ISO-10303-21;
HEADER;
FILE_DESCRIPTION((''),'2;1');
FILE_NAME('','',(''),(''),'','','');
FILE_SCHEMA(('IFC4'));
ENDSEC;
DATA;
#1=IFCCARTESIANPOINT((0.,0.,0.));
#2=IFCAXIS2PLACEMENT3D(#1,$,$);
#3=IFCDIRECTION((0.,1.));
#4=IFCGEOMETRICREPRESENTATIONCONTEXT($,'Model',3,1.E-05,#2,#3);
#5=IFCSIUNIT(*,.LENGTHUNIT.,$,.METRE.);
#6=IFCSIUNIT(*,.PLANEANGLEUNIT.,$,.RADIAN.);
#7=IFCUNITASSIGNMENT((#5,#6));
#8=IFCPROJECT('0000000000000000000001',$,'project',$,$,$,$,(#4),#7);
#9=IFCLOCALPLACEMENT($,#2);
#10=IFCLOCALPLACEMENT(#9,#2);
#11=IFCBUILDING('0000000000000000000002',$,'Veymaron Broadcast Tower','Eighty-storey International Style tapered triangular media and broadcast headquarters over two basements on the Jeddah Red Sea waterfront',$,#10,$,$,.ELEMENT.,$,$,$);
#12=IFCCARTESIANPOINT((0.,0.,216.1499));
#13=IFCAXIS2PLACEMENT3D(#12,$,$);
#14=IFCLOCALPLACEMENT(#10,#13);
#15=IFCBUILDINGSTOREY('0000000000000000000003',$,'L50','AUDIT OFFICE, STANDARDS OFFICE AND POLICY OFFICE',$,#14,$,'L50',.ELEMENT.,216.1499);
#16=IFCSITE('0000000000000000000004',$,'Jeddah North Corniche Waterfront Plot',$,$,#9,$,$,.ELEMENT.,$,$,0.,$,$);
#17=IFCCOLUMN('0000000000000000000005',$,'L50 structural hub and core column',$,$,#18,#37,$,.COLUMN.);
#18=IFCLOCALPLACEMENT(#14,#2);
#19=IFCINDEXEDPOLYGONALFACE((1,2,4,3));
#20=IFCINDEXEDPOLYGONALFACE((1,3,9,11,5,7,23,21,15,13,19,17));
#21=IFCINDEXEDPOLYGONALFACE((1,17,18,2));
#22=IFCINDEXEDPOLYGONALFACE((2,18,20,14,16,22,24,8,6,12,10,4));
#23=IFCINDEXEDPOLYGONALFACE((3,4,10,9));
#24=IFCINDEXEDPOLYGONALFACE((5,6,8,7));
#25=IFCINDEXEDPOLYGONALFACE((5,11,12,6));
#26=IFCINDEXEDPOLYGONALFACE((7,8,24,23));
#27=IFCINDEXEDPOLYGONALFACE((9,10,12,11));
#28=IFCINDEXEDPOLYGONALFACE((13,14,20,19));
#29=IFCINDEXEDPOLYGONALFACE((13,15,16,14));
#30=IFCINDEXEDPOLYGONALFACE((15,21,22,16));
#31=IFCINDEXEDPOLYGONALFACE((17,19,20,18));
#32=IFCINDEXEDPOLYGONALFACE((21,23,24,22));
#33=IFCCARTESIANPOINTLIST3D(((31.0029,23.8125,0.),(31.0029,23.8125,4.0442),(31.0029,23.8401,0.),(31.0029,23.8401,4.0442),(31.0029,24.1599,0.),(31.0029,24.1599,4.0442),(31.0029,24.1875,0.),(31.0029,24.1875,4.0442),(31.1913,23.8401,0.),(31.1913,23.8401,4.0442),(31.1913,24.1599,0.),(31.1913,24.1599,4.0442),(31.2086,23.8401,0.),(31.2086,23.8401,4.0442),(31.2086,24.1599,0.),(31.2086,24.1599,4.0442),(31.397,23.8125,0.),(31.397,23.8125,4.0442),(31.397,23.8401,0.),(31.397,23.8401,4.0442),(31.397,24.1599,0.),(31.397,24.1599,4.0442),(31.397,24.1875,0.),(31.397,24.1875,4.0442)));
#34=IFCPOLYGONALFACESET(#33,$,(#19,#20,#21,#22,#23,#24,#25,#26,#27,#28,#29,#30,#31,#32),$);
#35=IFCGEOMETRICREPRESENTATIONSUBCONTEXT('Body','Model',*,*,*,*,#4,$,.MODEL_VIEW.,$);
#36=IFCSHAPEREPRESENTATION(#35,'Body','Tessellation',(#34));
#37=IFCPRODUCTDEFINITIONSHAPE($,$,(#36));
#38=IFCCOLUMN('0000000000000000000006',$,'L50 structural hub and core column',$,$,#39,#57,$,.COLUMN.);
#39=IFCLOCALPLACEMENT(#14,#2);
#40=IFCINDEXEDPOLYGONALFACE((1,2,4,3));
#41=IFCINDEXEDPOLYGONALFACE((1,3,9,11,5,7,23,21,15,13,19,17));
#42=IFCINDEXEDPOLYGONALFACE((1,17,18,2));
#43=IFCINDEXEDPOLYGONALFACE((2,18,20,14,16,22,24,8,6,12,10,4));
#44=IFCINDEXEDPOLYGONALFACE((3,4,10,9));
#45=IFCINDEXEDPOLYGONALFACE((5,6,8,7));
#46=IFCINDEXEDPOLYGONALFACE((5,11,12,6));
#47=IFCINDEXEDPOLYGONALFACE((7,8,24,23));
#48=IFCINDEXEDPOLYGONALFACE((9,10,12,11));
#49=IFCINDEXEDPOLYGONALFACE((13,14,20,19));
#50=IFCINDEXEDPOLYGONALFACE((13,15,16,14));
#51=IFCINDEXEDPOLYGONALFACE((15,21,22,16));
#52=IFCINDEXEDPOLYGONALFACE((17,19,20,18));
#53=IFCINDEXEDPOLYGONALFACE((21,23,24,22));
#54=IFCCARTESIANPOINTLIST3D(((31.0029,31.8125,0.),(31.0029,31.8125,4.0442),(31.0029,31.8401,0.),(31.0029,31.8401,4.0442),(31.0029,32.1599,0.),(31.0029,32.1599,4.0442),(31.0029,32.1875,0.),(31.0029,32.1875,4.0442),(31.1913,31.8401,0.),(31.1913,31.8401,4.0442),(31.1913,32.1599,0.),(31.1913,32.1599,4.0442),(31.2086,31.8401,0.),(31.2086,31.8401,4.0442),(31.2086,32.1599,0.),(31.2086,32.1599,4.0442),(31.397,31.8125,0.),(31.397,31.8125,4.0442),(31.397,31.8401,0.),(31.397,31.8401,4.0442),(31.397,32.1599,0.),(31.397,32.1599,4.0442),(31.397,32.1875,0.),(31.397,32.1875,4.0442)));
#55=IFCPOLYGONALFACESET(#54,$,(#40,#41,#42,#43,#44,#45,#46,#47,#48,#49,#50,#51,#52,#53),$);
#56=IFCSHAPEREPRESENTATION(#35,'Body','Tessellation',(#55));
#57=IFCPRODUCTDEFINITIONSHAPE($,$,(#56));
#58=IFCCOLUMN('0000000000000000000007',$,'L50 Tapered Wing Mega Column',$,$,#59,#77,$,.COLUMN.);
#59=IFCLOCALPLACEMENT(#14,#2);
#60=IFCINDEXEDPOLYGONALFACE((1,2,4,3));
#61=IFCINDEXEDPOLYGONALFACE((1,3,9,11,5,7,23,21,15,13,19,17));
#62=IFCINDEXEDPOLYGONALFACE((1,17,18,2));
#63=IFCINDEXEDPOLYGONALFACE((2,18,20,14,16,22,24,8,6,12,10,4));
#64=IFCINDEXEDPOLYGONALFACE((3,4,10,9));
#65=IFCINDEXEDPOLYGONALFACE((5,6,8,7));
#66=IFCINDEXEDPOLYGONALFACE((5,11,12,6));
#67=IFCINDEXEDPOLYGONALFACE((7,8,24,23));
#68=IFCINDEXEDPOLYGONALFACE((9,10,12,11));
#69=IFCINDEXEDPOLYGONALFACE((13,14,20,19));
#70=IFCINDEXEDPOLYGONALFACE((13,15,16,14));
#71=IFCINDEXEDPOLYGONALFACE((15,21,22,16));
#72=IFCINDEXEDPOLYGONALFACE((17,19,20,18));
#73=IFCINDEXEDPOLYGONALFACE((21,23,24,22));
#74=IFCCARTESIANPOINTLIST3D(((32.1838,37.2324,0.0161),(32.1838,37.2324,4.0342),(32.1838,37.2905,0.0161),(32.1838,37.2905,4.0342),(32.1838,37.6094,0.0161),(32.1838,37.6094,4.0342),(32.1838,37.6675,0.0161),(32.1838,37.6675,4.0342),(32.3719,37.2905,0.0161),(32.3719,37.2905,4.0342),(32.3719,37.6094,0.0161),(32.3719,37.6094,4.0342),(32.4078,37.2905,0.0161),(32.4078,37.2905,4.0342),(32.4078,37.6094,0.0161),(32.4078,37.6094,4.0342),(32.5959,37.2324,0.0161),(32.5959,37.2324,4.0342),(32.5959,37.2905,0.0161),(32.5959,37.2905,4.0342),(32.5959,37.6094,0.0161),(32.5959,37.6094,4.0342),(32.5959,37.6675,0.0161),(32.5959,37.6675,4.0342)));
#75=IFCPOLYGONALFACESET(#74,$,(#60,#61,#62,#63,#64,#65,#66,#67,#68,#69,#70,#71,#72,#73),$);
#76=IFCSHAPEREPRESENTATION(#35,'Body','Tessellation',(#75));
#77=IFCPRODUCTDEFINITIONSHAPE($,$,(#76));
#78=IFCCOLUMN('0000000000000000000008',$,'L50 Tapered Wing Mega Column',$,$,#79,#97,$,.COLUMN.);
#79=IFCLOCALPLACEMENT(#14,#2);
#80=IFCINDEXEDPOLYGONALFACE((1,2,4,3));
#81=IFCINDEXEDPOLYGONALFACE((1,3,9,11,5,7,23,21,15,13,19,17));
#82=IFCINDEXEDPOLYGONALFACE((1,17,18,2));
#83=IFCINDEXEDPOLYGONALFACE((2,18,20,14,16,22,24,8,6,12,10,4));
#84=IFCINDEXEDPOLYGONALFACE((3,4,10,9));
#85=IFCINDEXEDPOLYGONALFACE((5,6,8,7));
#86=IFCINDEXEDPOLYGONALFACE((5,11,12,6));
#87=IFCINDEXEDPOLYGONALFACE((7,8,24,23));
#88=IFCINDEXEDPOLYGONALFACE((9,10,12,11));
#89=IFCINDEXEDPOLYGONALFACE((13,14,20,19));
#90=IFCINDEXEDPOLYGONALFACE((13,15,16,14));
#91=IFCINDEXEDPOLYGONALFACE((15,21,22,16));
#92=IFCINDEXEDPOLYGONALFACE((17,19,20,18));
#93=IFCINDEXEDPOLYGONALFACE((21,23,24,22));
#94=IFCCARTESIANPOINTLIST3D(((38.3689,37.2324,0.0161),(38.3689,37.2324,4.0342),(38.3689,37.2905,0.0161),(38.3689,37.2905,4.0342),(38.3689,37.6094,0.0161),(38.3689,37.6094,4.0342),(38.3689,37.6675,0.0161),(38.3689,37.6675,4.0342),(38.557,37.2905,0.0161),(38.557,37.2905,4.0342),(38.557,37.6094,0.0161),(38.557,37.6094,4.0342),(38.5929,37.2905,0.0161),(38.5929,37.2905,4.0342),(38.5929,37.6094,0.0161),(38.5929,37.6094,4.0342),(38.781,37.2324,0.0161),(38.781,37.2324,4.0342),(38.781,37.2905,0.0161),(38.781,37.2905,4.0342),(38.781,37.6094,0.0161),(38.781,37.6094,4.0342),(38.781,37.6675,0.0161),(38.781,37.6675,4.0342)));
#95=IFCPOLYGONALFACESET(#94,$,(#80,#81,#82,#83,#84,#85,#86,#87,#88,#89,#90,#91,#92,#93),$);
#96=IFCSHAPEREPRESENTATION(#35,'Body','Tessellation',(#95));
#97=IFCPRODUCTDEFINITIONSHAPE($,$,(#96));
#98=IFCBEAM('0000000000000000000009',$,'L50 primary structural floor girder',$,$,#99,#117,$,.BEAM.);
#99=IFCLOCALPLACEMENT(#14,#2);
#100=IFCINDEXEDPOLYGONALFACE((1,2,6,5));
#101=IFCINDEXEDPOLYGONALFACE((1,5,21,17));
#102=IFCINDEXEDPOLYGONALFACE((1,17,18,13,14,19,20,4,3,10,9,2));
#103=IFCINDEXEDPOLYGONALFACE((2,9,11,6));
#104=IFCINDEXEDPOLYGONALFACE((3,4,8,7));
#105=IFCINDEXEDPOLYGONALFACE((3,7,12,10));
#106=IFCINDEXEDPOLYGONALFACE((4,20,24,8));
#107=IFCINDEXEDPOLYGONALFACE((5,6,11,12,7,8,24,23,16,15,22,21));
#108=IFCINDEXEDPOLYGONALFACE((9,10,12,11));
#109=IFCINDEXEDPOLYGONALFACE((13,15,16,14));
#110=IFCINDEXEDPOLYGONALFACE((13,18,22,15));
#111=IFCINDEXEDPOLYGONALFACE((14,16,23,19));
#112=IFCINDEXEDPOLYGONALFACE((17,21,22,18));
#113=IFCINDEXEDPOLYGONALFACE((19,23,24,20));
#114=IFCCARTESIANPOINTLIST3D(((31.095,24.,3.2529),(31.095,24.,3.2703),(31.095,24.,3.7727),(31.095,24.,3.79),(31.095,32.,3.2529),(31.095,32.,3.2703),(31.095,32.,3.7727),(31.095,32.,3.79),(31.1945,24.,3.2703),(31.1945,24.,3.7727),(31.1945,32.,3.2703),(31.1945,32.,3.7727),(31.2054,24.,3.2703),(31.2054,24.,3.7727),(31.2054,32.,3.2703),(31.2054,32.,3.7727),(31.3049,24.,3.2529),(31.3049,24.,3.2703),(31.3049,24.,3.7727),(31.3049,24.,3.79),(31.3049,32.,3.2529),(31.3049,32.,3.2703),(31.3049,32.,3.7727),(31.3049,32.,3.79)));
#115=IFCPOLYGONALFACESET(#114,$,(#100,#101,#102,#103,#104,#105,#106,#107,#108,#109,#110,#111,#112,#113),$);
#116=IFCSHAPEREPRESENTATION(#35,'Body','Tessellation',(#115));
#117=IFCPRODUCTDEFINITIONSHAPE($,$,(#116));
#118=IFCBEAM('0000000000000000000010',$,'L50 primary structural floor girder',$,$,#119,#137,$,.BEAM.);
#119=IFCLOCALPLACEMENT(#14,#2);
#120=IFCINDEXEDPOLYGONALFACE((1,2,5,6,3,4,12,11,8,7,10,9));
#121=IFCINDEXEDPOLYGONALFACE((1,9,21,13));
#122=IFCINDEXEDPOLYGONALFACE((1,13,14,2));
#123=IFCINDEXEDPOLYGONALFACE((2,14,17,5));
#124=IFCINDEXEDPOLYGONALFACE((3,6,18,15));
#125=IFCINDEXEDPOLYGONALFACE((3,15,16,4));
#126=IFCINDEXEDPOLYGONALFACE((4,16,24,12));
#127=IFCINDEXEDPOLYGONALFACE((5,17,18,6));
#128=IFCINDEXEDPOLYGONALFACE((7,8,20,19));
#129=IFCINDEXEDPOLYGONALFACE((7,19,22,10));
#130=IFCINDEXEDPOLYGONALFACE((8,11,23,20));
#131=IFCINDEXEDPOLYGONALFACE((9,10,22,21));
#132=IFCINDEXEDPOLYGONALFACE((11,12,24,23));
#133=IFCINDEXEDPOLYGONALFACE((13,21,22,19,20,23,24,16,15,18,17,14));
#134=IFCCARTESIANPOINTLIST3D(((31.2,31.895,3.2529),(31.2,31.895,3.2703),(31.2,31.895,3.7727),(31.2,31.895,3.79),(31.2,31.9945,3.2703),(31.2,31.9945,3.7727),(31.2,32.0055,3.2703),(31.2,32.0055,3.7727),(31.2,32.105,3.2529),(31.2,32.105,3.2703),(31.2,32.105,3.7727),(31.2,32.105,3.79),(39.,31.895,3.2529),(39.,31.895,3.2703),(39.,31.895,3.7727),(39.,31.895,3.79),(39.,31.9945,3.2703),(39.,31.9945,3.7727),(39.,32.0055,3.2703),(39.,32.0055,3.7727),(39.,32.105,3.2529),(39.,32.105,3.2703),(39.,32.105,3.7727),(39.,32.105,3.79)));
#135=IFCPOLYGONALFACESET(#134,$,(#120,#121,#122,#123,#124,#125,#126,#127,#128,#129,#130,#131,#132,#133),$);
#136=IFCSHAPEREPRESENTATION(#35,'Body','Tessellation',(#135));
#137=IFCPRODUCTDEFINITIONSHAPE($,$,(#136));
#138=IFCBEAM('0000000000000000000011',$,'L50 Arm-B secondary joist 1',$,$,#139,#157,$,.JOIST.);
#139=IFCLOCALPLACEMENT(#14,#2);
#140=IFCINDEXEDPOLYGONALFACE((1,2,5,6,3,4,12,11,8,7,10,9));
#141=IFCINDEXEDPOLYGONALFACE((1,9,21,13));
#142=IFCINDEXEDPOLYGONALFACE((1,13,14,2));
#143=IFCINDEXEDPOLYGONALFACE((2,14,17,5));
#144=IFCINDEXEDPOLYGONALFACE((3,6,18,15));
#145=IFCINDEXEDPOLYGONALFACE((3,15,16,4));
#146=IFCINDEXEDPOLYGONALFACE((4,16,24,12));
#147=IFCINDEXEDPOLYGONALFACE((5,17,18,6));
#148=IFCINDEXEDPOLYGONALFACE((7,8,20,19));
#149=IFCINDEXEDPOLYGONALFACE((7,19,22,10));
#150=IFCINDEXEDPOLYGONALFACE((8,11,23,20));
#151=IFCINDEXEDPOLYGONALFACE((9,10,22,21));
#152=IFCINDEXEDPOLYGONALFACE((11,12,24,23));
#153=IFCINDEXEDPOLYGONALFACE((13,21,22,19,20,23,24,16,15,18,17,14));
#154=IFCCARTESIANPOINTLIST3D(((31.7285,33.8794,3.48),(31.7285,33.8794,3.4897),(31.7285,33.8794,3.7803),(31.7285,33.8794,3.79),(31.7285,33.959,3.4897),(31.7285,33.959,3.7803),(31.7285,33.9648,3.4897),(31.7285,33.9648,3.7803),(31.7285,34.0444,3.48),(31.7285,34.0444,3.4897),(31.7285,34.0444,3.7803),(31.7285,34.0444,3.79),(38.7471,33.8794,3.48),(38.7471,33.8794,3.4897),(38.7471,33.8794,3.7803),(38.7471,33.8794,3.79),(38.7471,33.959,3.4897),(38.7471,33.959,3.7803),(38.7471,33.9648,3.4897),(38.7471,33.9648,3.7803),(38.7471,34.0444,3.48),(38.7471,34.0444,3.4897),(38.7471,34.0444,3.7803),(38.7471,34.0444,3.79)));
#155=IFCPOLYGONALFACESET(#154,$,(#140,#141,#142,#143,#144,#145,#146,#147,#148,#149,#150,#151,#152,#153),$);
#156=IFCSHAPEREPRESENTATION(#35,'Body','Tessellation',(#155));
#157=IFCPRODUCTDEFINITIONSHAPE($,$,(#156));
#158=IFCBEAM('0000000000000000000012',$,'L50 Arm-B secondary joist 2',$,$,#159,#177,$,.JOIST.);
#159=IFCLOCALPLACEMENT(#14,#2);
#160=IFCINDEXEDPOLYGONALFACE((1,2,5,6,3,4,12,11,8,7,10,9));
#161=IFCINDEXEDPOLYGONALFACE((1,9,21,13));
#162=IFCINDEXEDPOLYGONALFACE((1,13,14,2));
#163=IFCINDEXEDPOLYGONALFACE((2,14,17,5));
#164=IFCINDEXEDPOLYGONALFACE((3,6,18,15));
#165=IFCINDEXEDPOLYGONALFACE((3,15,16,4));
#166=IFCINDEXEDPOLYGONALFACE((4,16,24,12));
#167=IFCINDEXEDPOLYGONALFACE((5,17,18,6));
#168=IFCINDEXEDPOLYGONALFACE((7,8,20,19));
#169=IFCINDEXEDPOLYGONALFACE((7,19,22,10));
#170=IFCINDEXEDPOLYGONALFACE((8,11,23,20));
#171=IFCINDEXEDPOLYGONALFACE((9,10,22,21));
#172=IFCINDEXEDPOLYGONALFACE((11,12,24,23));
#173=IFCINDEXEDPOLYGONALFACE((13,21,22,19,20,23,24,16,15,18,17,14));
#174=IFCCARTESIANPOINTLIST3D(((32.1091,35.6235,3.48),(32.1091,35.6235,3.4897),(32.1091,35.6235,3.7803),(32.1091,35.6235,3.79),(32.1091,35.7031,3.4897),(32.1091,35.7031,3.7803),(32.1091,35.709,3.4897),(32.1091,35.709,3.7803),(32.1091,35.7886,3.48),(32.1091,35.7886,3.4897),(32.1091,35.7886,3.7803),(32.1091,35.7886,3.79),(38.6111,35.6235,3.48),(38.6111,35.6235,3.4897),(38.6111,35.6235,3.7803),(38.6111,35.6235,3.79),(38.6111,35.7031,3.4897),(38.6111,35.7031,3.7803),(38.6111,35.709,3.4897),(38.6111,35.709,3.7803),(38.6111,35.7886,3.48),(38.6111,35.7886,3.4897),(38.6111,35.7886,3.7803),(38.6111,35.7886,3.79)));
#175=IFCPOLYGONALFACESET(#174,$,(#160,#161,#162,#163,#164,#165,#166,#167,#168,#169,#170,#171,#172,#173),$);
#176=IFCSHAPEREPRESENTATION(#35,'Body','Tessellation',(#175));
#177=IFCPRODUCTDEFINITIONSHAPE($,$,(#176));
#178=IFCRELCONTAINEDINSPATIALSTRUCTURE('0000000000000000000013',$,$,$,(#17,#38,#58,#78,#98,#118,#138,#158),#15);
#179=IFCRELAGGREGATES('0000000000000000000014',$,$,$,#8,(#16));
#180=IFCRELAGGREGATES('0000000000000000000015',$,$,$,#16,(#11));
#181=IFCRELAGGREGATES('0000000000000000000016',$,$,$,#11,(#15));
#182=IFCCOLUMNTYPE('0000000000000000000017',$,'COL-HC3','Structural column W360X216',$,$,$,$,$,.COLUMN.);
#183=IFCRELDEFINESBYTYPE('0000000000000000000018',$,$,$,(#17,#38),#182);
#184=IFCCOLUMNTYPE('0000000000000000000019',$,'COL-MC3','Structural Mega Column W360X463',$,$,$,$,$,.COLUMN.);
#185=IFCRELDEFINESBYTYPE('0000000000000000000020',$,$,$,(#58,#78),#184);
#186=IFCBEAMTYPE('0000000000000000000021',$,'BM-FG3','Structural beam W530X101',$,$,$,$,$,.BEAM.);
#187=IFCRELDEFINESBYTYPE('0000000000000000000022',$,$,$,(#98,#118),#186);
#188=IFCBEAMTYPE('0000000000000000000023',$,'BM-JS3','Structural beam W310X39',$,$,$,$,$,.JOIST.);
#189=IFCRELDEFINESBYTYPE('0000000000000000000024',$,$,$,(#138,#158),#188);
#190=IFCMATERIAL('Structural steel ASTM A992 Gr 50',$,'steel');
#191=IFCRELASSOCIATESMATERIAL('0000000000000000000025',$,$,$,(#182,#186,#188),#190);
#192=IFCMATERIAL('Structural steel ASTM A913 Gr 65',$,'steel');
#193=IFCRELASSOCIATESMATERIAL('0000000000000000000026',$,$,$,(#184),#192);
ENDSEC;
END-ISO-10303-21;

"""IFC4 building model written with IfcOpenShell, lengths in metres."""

from ifc_helpers import new_model, si_unit, direction, frame, origin, origin_2d, place, context, subcontext, project, spatial, i_section, extrude, material, material_profile, profile_set, type_object, element, save


model = new_model("IFC4")

# Units and contexts
model_context = context("Model", 3, precision=1e-05, world=origin(), true_north=direction((0.0, 1.0)))
body_context = subcontext(model_context, "Body", "Model", "MODEL_VIEW")
ifc_project = project(units=[si_unit("LENGTHUNIT", "METRE"), si_unit("PLANEANGLEUNIT", "RADIAN")], contexts=[model_context])

# Site, building, storey
site_placement = place(None, origin())
site = spatial("IfcSite", under=ifc_project, at=site_placement, Name="Jeddah North Corniche Waterfront Plot", CompositionType="ELEMENT", RefElevation=0.0)
building_placement = place(site_placement, origin())
building = spatial("IfcBuilding", under=site, at=building_placement, Name="Veymaron Broadcast Tower", Description="Eighty-storey International Style tapered triangular media and broadcast headquarters over two basements on the Jeddah Red Sea waterfront", CompositionType="ELEMENT")
storey_placement = place(building_placement, frame((0.0, 0.0, 216.1499)))
storey = spatial("IfcBuildingStorey", under=building, at=storey_placement, Name="L50", Description="AUDIT OFFICE, STANDARDS OFFICE AND POLICY OFFICE", LongName="L50", CompositionType="ELEMENT", Elevation=216.1499)

# Columns
ifc_material_1 = material(Name="Structural steel ASTM A992 Gr 50", Category="steel")
ifc_material_profile_1 = material_profile(ifc_material_1, i_section(OverallWidth=0.394, OverallDepth=0.375, WebThickness=0.0173, FlangeThickness=0.0276, at=origin_2d()), Name="W360X216")
ifc_profile_set_1 = profile_set([ifc_material_profile_1], Name="Structural steel ASTM A992 Gr 50")
column_type_1 = type_object("IfcColumnType", Name="COL-HC3", Description="Structural column W360X216", PredefinedType="COLUMN", material=ifc_profile_set_1)
for number, where, z_axis, x_axis, name in (
    (1, (31.2, 24.0, 0.0), (0.0, 0.0, 1.0), (1.0, 0.0, 0.0), "L50 structural hub and core column"),
    (2, (31.2, 32.0, 0.0), (0.0, 0.0, 1.0), (1.0, 0.0, 0.0), "L50 structural hub and core column"),
):
    element("IfcColumn", number, at=place(storey_placement, frame(where, z_axis=z_axis, x_axis=x_axis)), inside=storey, type_object=column_type_1, Name=name, PredefinedType="COLUMN", context=body_context, shape_type="SweptSolid", body=[
        extrude(i_section(OverallWidth=0.394, OverallDepth=0.375, WebThickness=0.0173, FlangeThickness=0.0276, at=origin_2d()), origin(), (0.0, 0.0, 1.0), 4.0442),
    ])
ifc_material_2 = material(Name="Structural steel ASTM A913 Gr 65", Category="steel")
ifc_material_profile_2 = material_profile(ifc_material_2, i_section(OverallWidth=0.4121, OverallDepth=0.4351, WebThickness=0.0359, FlangeThickness=0.0581, at=origin_2d()), Name="W360X463")
ifc_profile_set_2 = profile_set([ifc_material_profile_2], Name="Structural steel ASTM A913 Gr 65")
column_type_2 = type_object("IfcColumnType", Name="COL-MC3", Description="Structural Mega Column W360X463", PredefinedType="COLUMN", material=ifc_profile_set_2)
for number, where, z_axis, x_axis, name in (
    (3, (32.3899, 37.45, 0.0161), (0.0, 0.0, 1.0), (1.0, 0.0, 0.0), "L50 Tapered Wing Mega Column"),
    (4, (38.575, 37.45, 0.0161), (0.0, 0.0, 1.0), (1.0, 0.0, 0.0), "L50 Tapered Wing Mega Column"),
):
    element("IfcColumn", number, at=place(storey_placement, frame(where, z_axis=z_axis, x_axis=x_axis)), inside=storey, type_object=column_type_2, Name=name, PredefinedType="COLUMN", context=body_context, shape_type="SweptSolid", body=[
        extrude(i_section(OverallWidth=0.4121, OverallDepth=0.4351, WebThickness=0.0359, FlangeThickness=0.0581, at=origin_2d()), origin(), (0.0, 0.0, 1.0), 4.0181),
    ])

# Beams
ifc_material_profile_3 = material_profile(ifc_material_1, i_section(OverallWidth=0.21, OverallDepth=0.5371, WebThickness=0.011, FlangeThickness=0.0173, at=origin_2d()), Name="W530X101")
ifc_profile_set_3 = profile_set([ifc_material_profile_3], Name="Structural steel ASTM A992 Gr 50")
beam_type_1 = type_object("IfcBeamType", Name="BM-FG3", Description="Structural beam W530X101", PredefinedType="BEAM", material=ifc_profile_set_3)
beam_1_placement = place(storey_placement, frame((31.2, 24.0, 3.5215), z_axis=(0.0, 1.0, 0.0), x_axis=(-1.0, 0.0, 0.0)))
element("IfcBeam", 5, at=beam_1_placement, inside=storey, type_object=beam_type_1, Name="L50 primary structural floor girder", PredefinedType="BEAM", context=body_context, shape_type="SweptSolid", body=[
    extrude(i_section(OverallWidth=0.21, OverallDepth=0.5371, WebThickness=0.011, FlangeThickness=0.0173, at=origin_2d()), origin(), (0.0, 0.0, 1.0), 8.0),
])
beam_2_placement = place(storey_placement, frame((31.2, 32.0, 3.5215), z_axis=(1.0, 0.0, 0.0), x_axis=(0.0, 1.0, 0.0)))
element("IfcBeam", 6, at=beam_2_placement, inside=storey, type_object=beam_type_1, Name="L50 primary structural floor girder", PredefinedType="BEAM", context=body_context, shape_type="SweptSolid", body=[
    extrude(i_section(OverallWidth=0.21, OverallDepth=0.5371, WebThickness=0.011, FlangeThickness=0.0173, at=origin_2d()), origin(), (0.0, 0.0, 1.0), 7.8),
])
ifc_material_profile_4 = material_profile(ifc_material_1, i_section(OverallWidth=0.165, OverallDepth=0.3101, WebThickness=0.0059, FlangeThickness=0.0098, at=origin_2d()), Name="W310X39")
ifc_profile_set_4 = profile_set([ifc_material_profile_4], Name="Structural steel ASTM A992 Gr 50")
beam_type_2 = type_object("IfcBeamType", Name="BM-JS3", Description="Structural beam W310X39", PredefinedType="JOIST", material=ifc_profile_set_4)
beam_3_placement = place(storey_placement, frame((31.7285, 33.9619, 3.635), z_axis=(1.0, 0.0, 0.0), x_axis=(0.0, 1.0, 0.0)))
element("IfcBeam", 7, at=beam_3_placement, inside=storey, type_object=beam_type_2, Name="L50 Arm-B secondary joist 1", PredefinedType="JOIST", context=body_context, shape_type="SweptSolid", body=[
    extrude(i_section(OverallWidth=0.165, OverallDepth=0.3101, WebThickness=0.0059, FlangeThickness=0.0098, at=origin_2d()), origin(), (0.0, 0.0, 1.0), 7.0186),
])
beam_4_placement = place(storey_placement, frame((32.1091, 35.7061, 3.635), z_axis=(1.0, 0.0, 0.0), x_axis=(0.0, 1.0, 0.0)))
element("IfcBeam", 8, at=beam_4_placement, inside=storey, type_object=beam_type_2, Name="L50 Arm-B secondary joist 2", PredefinedType="JOIST", context=body_context, shape_type="SweptSolid", body=[
    extrude(i_section(OverallWidth=0.165, OverallDepth=0.3101, WebThickness=0.0059, FlangeThickness=0.0098, at=origin_2d()), origin(), (0.0, 0.0, 1.0), 6.502),
])

save(model, "model.ifc")
